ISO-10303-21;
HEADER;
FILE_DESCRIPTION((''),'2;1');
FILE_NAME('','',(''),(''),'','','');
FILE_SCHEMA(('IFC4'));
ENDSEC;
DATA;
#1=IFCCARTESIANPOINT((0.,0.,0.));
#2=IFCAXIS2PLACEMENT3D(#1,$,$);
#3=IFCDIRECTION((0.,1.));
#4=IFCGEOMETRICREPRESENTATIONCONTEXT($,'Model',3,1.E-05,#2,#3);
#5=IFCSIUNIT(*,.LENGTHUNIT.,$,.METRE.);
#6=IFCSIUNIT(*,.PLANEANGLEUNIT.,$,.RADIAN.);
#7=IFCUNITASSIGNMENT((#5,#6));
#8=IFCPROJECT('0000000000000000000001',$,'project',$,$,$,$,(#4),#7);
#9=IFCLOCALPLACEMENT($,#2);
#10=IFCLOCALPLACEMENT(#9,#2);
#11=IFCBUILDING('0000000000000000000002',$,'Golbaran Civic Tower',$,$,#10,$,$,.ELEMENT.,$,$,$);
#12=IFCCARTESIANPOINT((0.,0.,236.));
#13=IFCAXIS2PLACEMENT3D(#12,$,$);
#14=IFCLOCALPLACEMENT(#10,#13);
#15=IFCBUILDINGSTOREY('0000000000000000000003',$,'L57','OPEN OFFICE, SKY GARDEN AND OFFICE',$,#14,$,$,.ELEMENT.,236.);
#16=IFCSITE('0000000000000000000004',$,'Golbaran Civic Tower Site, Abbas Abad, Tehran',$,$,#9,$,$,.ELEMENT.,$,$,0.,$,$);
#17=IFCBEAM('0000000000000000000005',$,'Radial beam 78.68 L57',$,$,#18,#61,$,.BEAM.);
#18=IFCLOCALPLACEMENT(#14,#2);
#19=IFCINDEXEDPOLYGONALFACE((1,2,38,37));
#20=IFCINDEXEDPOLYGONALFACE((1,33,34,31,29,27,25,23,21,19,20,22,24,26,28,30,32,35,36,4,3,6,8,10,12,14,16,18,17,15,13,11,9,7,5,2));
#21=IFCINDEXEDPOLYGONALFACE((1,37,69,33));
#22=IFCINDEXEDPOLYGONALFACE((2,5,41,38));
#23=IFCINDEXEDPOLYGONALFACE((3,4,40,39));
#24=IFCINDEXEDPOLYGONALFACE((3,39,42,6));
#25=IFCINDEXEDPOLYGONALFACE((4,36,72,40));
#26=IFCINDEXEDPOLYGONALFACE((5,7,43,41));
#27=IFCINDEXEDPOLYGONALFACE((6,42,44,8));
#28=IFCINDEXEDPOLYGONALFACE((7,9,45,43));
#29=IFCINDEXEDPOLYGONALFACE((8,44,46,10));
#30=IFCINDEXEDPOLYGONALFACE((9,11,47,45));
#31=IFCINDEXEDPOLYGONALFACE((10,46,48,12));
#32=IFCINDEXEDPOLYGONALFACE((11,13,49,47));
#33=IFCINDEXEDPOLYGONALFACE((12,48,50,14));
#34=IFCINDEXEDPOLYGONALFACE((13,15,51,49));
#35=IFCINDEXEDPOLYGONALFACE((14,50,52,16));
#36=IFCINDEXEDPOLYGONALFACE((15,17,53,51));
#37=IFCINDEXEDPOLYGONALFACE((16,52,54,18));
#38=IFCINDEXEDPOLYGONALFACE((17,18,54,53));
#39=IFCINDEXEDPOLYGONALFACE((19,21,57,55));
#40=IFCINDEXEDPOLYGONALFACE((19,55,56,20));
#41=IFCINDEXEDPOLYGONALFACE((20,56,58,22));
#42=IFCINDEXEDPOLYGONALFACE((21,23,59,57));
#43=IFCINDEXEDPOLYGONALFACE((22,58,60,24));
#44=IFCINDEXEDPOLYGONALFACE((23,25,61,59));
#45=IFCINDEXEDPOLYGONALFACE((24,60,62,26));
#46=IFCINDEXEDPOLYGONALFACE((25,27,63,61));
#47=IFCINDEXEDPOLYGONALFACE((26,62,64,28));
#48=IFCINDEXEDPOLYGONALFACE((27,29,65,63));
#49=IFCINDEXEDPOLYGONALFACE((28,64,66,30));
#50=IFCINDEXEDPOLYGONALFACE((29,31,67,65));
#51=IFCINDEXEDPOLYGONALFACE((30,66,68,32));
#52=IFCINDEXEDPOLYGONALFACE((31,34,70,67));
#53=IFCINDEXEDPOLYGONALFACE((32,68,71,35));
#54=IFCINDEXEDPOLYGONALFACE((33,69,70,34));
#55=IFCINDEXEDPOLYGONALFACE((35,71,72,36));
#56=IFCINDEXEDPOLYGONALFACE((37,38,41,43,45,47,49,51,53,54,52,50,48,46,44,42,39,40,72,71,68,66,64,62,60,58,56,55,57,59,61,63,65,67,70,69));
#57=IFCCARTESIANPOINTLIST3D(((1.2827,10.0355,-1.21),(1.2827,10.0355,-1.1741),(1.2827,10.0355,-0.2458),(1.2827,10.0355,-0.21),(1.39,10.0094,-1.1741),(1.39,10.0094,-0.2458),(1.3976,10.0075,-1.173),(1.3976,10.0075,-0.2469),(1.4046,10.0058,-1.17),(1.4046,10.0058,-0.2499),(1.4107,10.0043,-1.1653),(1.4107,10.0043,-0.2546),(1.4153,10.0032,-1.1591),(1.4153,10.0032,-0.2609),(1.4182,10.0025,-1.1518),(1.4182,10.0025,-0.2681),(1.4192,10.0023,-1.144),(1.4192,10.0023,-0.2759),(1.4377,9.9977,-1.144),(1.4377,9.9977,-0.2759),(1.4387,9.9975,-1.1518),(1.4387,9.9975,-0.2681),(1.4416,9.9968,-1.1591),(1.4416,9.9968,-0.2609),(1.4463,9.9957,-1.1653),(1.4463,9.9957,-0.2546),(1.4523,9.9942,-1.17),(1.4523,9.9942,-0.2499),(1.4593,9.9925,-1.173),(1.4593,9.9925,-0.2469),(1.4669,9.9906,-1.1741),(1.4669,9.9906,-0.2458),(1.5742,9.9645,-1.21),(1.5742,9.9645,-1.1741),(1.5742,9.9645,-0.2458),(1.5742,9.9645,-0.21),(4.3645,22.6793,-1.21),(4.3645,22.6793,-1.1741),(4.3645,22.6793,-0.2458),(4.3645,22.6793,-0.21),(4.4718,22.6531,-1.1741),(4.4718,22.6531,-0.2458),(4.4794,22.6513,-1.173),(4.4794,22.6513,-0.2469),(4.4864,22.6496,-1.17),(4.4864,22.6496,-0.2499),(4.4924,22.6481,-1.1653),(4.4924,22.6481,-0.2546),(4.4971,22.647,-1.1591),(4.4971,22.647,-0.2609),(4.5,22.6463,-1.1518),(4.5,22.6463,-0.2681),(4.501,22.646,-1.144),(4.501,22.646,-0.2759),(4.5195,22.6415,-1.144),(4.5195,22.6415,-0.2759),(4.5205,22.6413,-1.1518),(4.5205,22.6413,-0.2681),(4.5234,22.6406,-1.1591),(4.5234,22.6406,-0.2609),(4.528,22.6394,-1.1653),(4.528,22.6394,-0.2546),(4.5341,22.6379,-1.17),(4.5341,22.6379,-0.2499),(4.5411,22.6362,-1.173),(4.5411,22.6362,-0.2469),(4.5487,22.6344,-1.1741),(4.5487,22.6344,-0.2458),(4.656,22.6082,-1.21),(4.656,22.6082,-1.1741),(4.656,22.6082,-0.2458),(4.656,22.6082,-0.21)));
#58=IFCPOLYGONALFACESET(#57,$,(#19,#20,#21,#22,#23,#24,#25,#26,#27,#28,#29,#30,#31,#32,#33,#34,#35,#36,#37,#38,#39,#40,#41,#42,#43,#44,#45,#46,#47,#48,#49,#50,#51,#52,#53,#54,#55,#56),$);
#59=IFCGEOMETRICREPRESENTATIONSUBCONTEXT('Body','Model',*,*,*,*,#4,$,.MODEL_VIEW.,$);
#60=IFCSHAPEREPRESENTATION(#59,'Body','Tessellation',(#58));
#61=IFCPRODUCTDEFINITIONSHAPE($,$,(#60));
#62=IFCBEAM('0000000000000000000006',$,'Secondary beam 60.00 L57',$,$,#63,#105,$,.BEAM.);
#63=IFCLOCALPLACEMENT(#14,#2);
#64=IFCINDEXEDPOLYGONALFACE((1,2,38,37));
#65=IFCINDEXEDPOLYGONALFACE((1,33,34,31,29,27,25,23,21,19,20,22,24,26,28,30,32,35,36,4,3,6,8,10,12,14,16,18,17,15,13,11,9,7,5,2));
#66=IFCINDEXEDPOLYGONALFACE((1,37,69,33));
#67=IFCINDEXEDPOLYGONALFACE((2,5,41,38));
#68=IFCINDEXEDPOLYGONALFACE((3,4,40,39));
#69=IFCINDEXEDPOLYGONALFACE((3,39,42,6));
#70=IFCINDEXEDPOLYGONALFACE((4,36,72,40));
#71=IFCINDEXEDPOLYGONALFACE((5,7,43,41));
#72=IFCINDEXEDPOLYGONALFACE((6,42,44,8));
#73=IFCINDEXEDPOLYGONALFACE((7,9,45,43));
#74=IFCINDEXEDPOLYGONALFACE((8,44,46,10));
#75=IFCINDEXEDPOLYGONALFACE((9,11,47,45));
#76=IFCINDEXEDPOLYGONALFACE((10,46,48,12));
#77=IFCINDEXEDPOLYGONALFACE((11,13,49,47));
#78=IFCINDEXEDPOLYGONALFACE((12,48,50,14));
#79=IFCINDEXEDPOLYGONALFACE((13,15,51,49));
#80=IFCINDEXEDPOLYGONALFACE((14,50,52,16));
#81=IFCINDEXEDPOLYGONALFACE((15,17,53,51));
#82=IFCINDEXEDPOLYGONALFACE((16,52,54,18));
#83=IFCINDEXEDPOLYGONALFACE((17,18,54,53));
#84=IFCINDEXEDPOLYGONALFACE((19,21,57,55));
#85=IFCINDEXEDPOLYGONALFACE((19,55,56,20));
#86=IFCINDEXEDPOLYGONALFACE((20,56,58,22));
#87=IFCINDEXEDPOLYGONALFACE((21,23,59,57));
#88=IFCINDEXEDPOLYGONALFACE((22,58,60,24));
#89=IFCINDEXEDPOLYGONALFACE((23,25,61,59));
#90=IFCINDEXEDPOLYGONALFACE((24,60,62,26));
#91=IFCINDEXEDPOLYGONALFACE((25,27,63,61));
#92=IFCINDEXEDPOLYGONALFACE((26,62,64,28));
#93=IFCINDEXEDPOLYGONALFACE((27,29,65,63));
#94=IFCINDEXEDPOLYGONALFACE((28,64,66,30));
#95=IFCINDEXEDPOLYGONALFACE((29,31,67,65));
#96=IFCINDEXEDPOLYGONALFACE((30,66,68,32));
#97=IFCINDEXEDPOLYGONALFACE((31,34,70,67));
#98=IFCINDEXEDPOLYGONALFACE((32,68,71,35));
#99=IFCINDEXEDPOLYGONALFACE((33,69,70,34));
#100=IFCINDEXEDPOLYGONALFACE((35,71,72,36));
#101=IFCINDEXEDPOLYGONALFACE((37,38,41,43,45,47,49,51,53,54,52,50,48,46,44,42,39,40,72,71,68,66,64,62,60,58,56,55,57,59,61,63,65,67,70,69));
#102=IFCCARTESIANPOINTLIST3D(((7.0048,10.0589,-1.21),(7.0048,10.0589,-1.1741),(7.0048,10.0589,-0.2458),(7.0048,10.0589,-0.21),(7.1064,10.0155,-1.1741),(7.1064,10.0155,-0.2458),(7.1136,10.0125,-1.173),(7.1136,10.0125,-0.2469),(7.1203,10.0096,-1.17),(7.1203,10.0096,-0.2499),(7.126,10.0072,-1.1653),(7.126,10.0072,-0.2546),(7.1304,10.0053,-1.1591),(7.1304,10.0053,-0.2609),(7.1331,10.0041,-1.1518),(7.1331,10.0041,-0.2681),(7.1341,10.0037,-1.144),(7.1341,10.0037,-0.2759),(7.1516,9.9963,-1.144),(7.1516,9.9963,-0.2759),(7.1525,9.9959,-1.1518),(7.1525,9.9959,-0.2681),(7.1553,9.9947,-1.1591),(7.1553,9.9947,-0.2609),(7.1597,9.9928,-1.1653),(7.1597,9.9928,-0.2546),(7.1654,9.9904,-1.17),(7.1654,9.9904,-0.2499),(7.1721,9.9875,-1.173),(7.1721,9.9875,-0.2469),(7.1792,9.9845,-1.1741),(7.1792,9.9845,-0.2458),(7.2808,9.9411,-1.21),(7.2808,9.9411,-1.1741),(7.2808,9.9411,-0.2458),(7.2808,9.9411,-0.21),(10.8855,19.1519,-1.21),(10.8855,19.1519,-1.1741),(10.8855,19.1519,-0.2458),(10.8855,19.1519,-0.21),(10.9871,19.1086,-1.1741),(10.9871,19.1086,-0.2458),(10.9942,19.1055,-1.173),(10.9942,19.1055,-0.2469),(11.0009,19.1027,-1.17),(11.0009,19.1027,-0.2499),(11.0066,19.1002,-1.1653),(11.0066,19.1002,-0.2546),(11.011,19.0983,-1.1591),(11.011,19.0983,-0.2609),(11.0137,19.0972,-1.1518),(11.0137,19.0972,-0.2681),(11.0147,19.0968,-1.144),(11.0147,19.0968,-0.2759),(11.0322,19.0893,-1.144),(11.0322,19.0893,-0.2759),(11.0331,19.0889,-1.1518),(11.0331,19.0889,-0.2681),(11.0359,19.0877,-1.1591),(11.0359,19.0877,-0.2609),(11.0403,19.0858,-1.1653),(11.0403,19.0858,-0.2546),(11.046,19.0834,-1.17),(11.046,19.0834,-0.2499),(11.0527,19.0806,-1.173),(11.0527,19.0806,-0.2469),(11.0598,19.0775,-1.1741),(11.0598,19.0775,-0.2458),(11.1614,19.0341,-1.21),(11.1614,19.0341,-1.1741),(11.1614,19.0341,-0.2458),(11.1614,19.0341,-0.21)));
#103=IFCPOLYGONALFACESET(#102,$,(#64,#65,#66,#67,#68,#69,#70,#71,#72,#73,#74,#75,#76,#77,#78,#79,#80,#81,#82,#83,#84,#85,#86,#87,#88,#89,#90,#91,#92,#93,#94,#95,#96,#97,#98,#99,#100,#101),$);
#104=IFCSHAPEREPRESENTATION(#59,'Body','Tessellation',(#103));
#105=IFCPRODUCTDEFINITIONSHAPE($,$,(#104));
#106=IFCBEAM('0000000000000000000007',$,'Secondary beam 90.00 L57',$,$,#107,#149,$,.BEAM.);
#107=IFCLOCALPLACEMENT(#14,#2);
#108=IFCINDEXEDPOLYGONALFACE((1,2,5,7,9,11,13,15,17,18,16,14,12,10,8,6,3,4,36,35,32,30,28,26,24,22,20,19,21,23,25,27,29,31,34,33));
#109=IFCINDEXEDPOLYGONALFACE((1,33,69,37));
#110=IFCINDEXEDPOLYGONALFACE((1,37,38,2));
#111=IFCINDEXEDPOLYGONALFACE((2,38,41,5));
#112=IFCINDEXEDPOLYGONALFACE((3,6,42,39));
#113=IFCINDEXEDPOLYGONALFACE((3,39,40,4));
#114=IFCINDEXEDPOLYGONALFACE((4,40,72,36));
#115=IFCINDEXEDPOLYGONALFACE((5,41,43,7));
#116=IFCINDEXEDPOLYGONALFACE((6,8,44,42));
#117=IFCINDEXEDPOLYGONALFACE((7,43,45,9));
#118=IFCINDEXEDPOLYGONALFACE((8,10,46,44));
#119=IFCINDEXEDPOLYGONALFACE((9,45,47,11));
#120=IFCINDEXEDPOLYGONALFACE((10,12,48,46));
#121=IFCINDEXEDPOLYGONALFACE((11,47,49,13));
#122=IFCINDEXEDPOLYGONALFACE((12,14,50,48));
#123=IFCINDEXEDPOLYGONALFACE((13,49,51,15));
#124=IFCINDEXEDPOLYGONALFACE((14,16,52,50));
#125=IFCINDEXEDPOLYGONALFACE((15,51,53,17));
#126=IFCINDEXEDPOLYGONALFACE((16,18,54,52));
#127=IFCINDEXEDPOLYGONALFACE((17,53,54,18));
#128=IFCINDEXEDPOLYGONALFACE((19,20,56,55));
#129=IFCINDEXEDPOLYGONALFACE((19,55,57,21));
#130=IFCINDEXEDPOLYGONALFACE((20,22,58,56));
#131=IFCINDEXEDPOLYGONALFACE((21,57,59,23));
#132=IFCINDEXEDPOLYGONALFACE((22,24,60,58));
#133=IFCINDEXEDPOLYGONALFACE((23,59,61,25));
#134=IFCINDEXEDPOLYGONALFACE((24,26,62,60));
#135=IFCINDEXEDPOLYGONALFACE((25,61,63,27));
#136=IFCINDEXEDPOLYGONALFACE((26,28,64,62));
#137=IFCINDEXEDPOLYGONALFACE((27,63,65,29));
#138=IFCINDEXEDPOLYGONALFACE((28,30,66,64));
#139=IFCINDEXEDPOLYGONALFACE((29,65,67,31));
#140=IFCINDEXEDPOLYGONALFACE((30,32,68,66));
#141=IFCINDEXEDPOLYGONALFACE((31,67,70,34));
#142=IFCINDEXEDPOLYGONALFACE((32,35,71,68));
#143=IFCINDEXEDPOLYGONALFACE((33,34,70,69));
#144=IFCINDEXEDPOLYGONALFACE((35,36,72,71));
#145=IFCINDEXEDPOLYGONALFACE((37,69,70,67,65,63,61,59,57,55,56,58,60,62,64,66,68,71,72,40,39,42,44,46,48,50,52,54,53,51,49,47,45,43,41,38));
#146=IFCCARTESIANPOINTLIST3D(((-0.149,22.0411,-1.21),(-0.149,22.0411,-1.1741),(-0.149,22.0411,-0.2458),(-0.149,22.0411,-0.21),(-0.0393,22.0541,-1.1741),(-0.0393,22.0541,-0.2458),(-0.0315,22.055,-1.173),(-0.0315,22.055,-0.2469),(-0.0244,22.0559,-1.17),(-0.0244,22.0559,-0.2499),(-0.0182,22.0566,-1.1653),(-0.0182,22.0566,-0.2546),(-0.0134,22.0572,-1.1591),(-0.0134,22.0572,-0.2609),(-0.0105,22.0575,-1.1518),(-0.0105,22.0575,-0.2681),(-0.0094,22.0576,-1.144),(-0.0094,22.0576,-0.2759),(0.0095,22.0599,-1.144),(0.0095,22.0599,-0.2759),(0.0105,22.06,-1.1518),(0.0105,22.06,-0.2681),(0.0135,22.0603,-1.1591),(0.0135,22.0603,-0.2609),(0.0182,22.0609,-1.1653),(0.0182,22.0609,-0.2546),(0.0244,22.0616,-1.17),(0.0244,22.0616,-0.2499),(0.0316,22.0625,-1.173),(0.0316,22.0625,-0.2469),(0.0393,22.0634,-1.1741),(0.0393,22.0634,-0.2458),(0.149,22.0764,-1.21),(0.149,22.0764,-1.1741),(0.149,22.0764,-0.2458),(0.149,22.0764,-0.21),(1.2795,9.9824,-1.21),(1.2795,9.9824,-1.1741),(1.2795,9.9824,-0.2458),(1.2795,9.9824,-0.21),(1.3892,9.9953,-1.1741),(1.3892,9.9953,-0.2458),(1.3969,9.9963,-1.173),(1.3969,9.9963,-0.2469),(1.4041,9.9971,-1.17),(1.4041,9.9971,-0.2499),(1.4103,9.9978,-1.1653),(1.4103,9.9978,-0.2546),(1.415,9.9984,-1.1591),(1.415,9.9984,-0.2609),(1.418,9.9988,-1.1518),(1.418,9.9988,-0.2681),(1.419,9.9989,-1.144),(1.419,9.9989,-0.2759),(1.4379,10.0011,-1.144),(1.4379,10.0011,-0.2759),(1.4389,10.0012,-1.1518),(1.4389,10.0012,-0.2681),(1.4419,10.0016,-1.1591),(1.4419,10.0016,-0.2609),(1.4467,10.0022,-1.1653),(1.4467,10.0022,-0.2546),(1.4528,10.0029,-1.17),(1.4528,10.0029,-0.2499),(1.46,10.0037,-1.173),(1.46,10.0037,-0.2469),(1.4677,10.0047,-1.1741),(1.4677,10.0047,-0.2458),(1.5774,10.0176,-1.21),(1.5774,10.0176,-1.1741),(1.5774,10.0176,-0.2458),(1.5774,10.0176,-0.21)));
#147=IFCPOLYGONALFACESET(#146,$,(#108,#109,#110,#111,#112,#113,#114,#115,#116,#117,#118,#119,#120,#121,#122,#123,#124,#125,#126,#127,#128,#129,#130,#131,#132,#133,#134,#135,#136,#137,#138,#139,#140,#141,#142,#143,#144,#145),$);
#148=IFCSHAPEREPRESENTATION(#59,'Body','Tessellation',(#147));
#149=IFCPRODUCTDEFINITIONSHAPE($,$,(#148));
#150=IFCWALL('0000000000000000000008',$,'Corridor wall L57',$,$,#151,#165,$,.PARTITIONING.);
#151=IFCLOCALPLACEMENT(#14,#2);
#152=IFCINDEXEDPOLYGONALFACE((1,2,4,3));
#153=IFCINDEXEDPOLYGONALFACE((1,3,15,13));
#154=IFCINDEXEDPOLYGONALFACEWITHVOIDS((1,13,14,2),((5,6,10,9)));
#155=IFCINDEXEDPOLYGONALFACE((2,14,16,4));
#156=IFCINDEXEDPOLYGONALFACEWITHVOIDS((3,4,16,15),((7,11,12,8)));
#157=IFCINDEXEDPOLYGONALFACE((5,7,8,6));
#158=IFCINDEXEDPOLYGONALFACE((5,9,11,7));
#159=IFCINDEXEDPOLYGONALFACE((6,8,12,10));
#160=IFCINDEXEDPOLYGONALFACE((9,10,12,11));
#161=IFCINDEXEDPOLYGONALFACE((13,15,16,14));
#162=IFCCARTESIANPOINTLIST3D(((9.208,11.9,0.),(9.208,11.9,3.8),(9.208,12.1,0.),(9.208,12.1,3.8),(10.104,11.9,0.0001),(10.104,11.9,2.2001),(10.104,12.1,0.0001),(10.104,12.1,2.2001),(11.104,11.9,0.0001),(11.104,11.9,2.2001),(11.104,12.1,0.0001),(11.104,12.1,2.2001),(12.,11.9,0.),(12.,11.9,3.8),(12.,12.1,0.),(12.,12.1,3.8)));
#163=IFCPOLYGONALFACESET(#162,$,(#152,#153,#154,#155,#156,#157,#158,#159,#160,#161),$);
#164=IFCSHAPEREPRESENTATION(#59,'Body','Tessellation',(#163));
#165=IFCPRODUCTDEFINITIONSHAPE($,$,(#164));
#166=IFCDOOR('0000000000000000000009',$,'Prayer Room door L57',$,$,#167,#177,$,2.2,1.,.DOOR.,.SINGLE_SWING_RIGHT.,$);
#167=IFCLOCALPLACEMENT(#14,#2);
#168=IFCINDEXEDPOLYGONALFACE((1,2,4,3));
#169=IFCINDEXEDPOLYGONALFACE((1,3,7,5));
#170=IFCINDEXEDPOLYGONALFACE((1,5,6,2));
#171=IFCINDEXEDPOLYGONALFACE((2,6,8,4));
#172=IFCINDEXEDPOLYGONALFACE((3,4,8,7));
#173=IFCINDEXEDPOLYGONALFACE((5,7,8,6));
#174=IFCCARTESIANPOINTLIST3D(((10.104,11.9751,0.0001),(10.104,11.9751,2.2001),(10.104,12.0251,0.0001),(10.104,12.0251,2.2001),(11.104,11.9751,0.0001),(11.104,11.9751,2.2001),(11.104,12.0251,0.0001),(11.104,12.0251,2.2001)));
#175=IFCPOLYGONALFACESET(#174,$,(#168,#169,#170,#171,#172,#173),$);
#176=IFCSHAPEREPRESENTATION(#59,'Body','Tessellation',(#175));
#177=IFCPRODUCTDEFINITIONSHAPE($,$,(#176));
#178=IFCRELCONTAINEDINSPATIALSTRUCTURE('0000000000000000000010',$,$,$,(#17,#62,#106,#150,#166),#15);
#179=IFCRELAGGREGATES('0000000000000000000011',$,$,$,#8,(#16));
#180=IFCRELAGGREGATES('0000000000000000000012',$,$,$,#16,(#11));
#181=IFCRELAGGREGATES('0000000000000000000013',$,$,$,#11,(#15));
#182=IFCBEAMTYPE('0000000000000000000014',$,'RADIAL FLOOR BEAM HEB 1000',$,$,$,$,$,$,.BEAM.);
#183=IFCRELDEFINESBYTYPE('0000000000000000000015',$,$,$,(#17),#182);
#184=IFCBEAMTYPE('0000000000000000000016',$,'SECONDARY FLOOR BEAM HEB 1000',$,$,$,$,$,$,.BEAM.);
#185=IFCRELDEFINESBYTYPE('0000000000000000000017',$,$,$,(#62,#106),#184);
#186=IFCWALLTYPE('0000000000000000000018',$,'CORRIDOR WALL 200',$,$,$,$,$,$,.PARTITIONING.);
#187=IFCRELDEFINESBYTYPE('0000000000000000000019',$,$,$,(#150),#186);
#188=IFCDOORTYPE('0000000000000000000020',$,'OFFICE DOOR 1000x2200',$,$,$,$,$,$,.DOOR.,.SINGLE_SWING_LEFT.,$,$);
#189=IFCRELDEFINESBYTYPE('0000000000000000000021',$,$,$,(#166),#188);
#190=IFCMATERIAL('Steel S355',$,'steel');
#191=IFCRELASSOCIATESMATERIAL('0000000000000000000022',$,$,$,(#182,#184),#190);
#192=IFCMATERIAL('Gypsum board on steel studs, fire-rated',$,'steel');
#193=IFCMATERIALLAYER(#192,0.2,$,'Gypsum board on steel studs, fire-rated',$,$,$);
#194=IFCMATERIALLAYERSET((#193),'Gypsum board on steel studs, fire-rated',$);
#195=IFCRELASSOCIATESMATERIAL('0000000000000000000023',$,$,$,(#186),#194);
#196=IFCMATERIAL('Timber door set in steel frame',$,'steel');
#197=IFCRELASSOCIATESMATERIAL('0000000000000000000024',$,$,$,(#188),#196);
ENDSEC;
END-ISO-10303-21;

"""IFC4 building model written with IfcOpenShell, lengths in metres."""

from ifc_helpers import new_model, si_unit, direction, frame, frame_2d, origin, origin_2d, place, context, subcontext, project, spatial, rectangle, i_section, extrude, material, layer, layer_set, material_profile, profile_set, type_object, element, fill, save


model = new_model("IFC4")

# Units and contexts
model_context = context("Model", 3, precision=1e-05, world=origin(), true_north=direction((0.0, 1.0)))
body_context = subcontext(model_context, "Body", "Model", "MODEL_VIEW")
ifc_project = project(units=[si_unit("LENGTHUNIT", "METRE"), si_unit("PLANEANGLEUNIT", "RADIAN")], contexts=[model_context])

# Site, building, storey
site_placement = place(None, origin())
site = spatial("IfcSite", under=ifc_project, at=site_placement, Name="Golbaran Civic Tower Site, Abbas Abad, Tehran", CompositionType="ELEMENT", RefElevation=0.0)
building_placement = place(site_placement, origin())
building = spatial("IfcBuilding", under=site, at=building_placement, Name="Golbaran Civic Tower", CompositionType="ELEMENT")
storey_placement = place(building_placement, frame((0.0, 0.0, 236.0)))
storey = spatial("IfcBuildingStorey", under=building, at=storey_placement, Name="L57", Description="OPEN OFFICE, SKY GARDEN AND OFFICE", CompositionType="ELEMENT", Elevation=236.0)

# Beams
ifc_material_1 = material(Name="Steel S355", Category="steel")
ifc_material_profile_1 = material_profile(ifc_material_1, i_section(OverallWidth=0.3, OverallDepth=1.0, WebThickness=0.019, FlangeThickness=0.0359, FilletRadius=0.03, at=origin_2d()), Name="HEB 1000")
ifc_profile_set_1 = profile_set([ifc_material_profile_1], Name="Steel S355")
beam_type_1 = type_object("IfcBeamType", Name="RADIAL FLOOR BEAM HEB 1000", PredefinedType="BEAM", material=ifc_profile_set_1)
beam_1_placement = place(storey_placement, frame((1.4285, 10.0, -0.71), z_axis=(0.236806, 0.971557, 0.0), x_axis=(-0.971557, 0.236806, 0.0)))
element("IfcBeam", 1, at=beam_1_placement, inside=storey, type_object=beam_type_1, Name="Radial beam 78.68 L57", PredefinedType="BEAM", context=body_context, shape_type="SweptSolid", body=[
    extrude(i_section(OverallWidth=0.3, OverallDepth=1.0, WebThickness=0.019, FlangeThickness=0.0359, FilletRadius=0.03, at=origin_2d()), origin(), (0.0, 0.0, 1.0), 13.0139),
])
ifc_material_profile_2 = material_profile(ifc_material_1, i_section(OverallWidth=0.3, OverallDepth=1.0, WebThickness=0.019, FlangeThickness=0.0359, FilletRadius=0.03, at=origin_2d()), Name="HEB 1000")
ifc_profile_set_2 = profile_set([ifc_material_profile_2], Name="Steel S355")
beam_type_2 = type_object("IfcBeamType", Name="SECONDARY FLOOR BEAM HEB 1000", PredefinedType="BEAM", material=ifc_profile_set_2)
beam_2_placement = place(storey_placement, frame((7.1428, 10.0, -0.71), z_axis=(0.392518, 0.919744, 0.0), x_axis=(-0.919744, 0.392518, 0.0)))
element("IfcBeam", 2, at=beam_2_placement, inside=storey, type_object=beam_type_2, Name="Secondary beam 60.00 L57", PredefinedType="BEAM", context=body_context, shape_type="SweptSolid", body=[
    extrude(i_section(OverallWidth=0.3, OverallDepth=1.0, WebThickness=0.019, FlangeThickness=0.0359, FilletRadius=0.03, at=origin_2d()), origin(), (0.0, 0.0, 1.0), 9.8865),
])
beam_3_placement = place(storey_placement, frame((1.4285, 10.0, -0.71), z_axis=(-0.117636, 0.993057, 0.0), x_axis=(-0.993057, -0.117636, 0.0)))
element("IfcBeam", 3, at=beam_3_placement, inside=storey, type_object=beam_type_2, Name="Secondary beam 90.00 L57", PredefinedType="BEAM", context=body_context, shape_type="SweptSolid", body=[
    extrude(i_section(OverallWidth=0.3, OverallDepth=1.0, WebThickness=0.019, FlangeThickness=0.0359, FilletRadius=0.03, at=origin_2d()), origin(), (0.0, 0.0, 1.0), 12.1431),
])

# Wall, opening, door
ifc_material_2 = material(Name="Gypsum board on steel studs, fire-rated", Category="steel")
ifc_layer_1 = layer(ifc_material_2, 0.2, Name="Gypsum board on steel studs, fire-rated")
ifc_layer_set_1 = layer_set([ifc_layer_1], Name="Gypsum board on steel studs, fire-rated")
wall_type_1 = type_object("IfcWallType", Name="CORRIDOR WALL 200", PredefinedType="PARTITIONING", material=ifc_layer_set_1)
wall_1_placement = place(storey_placement, frame((12.0, 12.0, 0.0), z_axis=(0.0, 0.0, 1.0), x_axis=(-1.0, 0.0, 0.0)))
wall_1 = element("IfcWall", 4, at=wall_1_placement, inside=storey, type_object=wall_type_1, Name="Corridor wall L57", PredefinedType="PARTITIONING", context=body_context, shape_type="SweptSolid", body=[
    extrude(rectangle(XDim=2.792, YDim=0.2, at=frame_2d((1.396, 0.0))), origin(), (0.0, 0.0, 1.0), 3.8),
])
opening_1_placement = place(wall_1_placement, frame((0.896, 0.0, 0.0)))
opening_1 = element("IfcOpeningElement", 5, at=opening_1_placement, cuts=wall_1, PredefinedType="OPENING", context=body_context, shape_type="SweptSolid", body=[
    extrude(rectangle(XDim=1.0, YDim=2.2, at=frame_2d((0.5, 1.1001))), frame((0.0, 0.1099, 0.0), z_axis=(0.0, -1.0, 0.0), x_axis=(1.0, 0.0, 0.0)), (0.0, 0.0, 1.0), 0.22),
])
ifc_material_3 = material(Name="Timber door set in steel frame", Category="steel")
door_type_1 = type_object("IfcDoorType", Name="OFFICE DOOR 1000x2200", OperationType="SINGLE_SWING_LEFT", PredefinedType="DOOR", material=ifc_material_3)
door_1_placement = place(opening_1_placement, origin())
door_1 = element("IfcDoor", 6, at=door_1_placement, inside=storey, type_object=door_type_1, Name="Prayer Room door L57", OperationType="SINGLE_SWING_RIGHT", OverallHeight=2.2, OverallWidth=1.0, PredefinedType="DOOR", context=body_context, shape_type="SweptSolid", body=[
    extrude(rectangle(XDim=1.0, YDim=2.2, at=frame_2d((0.5, 1.1001))), frame((0.0, 0.0249, 0.0), z_axis=(0.0, -1.0, 0.0), x_axis=(1.0, 0.0, 0.0)), (0.0, 0.0, 1.0), 0.05),
])
fill(opening_1, door_1)

save(model, "model.ifc")
